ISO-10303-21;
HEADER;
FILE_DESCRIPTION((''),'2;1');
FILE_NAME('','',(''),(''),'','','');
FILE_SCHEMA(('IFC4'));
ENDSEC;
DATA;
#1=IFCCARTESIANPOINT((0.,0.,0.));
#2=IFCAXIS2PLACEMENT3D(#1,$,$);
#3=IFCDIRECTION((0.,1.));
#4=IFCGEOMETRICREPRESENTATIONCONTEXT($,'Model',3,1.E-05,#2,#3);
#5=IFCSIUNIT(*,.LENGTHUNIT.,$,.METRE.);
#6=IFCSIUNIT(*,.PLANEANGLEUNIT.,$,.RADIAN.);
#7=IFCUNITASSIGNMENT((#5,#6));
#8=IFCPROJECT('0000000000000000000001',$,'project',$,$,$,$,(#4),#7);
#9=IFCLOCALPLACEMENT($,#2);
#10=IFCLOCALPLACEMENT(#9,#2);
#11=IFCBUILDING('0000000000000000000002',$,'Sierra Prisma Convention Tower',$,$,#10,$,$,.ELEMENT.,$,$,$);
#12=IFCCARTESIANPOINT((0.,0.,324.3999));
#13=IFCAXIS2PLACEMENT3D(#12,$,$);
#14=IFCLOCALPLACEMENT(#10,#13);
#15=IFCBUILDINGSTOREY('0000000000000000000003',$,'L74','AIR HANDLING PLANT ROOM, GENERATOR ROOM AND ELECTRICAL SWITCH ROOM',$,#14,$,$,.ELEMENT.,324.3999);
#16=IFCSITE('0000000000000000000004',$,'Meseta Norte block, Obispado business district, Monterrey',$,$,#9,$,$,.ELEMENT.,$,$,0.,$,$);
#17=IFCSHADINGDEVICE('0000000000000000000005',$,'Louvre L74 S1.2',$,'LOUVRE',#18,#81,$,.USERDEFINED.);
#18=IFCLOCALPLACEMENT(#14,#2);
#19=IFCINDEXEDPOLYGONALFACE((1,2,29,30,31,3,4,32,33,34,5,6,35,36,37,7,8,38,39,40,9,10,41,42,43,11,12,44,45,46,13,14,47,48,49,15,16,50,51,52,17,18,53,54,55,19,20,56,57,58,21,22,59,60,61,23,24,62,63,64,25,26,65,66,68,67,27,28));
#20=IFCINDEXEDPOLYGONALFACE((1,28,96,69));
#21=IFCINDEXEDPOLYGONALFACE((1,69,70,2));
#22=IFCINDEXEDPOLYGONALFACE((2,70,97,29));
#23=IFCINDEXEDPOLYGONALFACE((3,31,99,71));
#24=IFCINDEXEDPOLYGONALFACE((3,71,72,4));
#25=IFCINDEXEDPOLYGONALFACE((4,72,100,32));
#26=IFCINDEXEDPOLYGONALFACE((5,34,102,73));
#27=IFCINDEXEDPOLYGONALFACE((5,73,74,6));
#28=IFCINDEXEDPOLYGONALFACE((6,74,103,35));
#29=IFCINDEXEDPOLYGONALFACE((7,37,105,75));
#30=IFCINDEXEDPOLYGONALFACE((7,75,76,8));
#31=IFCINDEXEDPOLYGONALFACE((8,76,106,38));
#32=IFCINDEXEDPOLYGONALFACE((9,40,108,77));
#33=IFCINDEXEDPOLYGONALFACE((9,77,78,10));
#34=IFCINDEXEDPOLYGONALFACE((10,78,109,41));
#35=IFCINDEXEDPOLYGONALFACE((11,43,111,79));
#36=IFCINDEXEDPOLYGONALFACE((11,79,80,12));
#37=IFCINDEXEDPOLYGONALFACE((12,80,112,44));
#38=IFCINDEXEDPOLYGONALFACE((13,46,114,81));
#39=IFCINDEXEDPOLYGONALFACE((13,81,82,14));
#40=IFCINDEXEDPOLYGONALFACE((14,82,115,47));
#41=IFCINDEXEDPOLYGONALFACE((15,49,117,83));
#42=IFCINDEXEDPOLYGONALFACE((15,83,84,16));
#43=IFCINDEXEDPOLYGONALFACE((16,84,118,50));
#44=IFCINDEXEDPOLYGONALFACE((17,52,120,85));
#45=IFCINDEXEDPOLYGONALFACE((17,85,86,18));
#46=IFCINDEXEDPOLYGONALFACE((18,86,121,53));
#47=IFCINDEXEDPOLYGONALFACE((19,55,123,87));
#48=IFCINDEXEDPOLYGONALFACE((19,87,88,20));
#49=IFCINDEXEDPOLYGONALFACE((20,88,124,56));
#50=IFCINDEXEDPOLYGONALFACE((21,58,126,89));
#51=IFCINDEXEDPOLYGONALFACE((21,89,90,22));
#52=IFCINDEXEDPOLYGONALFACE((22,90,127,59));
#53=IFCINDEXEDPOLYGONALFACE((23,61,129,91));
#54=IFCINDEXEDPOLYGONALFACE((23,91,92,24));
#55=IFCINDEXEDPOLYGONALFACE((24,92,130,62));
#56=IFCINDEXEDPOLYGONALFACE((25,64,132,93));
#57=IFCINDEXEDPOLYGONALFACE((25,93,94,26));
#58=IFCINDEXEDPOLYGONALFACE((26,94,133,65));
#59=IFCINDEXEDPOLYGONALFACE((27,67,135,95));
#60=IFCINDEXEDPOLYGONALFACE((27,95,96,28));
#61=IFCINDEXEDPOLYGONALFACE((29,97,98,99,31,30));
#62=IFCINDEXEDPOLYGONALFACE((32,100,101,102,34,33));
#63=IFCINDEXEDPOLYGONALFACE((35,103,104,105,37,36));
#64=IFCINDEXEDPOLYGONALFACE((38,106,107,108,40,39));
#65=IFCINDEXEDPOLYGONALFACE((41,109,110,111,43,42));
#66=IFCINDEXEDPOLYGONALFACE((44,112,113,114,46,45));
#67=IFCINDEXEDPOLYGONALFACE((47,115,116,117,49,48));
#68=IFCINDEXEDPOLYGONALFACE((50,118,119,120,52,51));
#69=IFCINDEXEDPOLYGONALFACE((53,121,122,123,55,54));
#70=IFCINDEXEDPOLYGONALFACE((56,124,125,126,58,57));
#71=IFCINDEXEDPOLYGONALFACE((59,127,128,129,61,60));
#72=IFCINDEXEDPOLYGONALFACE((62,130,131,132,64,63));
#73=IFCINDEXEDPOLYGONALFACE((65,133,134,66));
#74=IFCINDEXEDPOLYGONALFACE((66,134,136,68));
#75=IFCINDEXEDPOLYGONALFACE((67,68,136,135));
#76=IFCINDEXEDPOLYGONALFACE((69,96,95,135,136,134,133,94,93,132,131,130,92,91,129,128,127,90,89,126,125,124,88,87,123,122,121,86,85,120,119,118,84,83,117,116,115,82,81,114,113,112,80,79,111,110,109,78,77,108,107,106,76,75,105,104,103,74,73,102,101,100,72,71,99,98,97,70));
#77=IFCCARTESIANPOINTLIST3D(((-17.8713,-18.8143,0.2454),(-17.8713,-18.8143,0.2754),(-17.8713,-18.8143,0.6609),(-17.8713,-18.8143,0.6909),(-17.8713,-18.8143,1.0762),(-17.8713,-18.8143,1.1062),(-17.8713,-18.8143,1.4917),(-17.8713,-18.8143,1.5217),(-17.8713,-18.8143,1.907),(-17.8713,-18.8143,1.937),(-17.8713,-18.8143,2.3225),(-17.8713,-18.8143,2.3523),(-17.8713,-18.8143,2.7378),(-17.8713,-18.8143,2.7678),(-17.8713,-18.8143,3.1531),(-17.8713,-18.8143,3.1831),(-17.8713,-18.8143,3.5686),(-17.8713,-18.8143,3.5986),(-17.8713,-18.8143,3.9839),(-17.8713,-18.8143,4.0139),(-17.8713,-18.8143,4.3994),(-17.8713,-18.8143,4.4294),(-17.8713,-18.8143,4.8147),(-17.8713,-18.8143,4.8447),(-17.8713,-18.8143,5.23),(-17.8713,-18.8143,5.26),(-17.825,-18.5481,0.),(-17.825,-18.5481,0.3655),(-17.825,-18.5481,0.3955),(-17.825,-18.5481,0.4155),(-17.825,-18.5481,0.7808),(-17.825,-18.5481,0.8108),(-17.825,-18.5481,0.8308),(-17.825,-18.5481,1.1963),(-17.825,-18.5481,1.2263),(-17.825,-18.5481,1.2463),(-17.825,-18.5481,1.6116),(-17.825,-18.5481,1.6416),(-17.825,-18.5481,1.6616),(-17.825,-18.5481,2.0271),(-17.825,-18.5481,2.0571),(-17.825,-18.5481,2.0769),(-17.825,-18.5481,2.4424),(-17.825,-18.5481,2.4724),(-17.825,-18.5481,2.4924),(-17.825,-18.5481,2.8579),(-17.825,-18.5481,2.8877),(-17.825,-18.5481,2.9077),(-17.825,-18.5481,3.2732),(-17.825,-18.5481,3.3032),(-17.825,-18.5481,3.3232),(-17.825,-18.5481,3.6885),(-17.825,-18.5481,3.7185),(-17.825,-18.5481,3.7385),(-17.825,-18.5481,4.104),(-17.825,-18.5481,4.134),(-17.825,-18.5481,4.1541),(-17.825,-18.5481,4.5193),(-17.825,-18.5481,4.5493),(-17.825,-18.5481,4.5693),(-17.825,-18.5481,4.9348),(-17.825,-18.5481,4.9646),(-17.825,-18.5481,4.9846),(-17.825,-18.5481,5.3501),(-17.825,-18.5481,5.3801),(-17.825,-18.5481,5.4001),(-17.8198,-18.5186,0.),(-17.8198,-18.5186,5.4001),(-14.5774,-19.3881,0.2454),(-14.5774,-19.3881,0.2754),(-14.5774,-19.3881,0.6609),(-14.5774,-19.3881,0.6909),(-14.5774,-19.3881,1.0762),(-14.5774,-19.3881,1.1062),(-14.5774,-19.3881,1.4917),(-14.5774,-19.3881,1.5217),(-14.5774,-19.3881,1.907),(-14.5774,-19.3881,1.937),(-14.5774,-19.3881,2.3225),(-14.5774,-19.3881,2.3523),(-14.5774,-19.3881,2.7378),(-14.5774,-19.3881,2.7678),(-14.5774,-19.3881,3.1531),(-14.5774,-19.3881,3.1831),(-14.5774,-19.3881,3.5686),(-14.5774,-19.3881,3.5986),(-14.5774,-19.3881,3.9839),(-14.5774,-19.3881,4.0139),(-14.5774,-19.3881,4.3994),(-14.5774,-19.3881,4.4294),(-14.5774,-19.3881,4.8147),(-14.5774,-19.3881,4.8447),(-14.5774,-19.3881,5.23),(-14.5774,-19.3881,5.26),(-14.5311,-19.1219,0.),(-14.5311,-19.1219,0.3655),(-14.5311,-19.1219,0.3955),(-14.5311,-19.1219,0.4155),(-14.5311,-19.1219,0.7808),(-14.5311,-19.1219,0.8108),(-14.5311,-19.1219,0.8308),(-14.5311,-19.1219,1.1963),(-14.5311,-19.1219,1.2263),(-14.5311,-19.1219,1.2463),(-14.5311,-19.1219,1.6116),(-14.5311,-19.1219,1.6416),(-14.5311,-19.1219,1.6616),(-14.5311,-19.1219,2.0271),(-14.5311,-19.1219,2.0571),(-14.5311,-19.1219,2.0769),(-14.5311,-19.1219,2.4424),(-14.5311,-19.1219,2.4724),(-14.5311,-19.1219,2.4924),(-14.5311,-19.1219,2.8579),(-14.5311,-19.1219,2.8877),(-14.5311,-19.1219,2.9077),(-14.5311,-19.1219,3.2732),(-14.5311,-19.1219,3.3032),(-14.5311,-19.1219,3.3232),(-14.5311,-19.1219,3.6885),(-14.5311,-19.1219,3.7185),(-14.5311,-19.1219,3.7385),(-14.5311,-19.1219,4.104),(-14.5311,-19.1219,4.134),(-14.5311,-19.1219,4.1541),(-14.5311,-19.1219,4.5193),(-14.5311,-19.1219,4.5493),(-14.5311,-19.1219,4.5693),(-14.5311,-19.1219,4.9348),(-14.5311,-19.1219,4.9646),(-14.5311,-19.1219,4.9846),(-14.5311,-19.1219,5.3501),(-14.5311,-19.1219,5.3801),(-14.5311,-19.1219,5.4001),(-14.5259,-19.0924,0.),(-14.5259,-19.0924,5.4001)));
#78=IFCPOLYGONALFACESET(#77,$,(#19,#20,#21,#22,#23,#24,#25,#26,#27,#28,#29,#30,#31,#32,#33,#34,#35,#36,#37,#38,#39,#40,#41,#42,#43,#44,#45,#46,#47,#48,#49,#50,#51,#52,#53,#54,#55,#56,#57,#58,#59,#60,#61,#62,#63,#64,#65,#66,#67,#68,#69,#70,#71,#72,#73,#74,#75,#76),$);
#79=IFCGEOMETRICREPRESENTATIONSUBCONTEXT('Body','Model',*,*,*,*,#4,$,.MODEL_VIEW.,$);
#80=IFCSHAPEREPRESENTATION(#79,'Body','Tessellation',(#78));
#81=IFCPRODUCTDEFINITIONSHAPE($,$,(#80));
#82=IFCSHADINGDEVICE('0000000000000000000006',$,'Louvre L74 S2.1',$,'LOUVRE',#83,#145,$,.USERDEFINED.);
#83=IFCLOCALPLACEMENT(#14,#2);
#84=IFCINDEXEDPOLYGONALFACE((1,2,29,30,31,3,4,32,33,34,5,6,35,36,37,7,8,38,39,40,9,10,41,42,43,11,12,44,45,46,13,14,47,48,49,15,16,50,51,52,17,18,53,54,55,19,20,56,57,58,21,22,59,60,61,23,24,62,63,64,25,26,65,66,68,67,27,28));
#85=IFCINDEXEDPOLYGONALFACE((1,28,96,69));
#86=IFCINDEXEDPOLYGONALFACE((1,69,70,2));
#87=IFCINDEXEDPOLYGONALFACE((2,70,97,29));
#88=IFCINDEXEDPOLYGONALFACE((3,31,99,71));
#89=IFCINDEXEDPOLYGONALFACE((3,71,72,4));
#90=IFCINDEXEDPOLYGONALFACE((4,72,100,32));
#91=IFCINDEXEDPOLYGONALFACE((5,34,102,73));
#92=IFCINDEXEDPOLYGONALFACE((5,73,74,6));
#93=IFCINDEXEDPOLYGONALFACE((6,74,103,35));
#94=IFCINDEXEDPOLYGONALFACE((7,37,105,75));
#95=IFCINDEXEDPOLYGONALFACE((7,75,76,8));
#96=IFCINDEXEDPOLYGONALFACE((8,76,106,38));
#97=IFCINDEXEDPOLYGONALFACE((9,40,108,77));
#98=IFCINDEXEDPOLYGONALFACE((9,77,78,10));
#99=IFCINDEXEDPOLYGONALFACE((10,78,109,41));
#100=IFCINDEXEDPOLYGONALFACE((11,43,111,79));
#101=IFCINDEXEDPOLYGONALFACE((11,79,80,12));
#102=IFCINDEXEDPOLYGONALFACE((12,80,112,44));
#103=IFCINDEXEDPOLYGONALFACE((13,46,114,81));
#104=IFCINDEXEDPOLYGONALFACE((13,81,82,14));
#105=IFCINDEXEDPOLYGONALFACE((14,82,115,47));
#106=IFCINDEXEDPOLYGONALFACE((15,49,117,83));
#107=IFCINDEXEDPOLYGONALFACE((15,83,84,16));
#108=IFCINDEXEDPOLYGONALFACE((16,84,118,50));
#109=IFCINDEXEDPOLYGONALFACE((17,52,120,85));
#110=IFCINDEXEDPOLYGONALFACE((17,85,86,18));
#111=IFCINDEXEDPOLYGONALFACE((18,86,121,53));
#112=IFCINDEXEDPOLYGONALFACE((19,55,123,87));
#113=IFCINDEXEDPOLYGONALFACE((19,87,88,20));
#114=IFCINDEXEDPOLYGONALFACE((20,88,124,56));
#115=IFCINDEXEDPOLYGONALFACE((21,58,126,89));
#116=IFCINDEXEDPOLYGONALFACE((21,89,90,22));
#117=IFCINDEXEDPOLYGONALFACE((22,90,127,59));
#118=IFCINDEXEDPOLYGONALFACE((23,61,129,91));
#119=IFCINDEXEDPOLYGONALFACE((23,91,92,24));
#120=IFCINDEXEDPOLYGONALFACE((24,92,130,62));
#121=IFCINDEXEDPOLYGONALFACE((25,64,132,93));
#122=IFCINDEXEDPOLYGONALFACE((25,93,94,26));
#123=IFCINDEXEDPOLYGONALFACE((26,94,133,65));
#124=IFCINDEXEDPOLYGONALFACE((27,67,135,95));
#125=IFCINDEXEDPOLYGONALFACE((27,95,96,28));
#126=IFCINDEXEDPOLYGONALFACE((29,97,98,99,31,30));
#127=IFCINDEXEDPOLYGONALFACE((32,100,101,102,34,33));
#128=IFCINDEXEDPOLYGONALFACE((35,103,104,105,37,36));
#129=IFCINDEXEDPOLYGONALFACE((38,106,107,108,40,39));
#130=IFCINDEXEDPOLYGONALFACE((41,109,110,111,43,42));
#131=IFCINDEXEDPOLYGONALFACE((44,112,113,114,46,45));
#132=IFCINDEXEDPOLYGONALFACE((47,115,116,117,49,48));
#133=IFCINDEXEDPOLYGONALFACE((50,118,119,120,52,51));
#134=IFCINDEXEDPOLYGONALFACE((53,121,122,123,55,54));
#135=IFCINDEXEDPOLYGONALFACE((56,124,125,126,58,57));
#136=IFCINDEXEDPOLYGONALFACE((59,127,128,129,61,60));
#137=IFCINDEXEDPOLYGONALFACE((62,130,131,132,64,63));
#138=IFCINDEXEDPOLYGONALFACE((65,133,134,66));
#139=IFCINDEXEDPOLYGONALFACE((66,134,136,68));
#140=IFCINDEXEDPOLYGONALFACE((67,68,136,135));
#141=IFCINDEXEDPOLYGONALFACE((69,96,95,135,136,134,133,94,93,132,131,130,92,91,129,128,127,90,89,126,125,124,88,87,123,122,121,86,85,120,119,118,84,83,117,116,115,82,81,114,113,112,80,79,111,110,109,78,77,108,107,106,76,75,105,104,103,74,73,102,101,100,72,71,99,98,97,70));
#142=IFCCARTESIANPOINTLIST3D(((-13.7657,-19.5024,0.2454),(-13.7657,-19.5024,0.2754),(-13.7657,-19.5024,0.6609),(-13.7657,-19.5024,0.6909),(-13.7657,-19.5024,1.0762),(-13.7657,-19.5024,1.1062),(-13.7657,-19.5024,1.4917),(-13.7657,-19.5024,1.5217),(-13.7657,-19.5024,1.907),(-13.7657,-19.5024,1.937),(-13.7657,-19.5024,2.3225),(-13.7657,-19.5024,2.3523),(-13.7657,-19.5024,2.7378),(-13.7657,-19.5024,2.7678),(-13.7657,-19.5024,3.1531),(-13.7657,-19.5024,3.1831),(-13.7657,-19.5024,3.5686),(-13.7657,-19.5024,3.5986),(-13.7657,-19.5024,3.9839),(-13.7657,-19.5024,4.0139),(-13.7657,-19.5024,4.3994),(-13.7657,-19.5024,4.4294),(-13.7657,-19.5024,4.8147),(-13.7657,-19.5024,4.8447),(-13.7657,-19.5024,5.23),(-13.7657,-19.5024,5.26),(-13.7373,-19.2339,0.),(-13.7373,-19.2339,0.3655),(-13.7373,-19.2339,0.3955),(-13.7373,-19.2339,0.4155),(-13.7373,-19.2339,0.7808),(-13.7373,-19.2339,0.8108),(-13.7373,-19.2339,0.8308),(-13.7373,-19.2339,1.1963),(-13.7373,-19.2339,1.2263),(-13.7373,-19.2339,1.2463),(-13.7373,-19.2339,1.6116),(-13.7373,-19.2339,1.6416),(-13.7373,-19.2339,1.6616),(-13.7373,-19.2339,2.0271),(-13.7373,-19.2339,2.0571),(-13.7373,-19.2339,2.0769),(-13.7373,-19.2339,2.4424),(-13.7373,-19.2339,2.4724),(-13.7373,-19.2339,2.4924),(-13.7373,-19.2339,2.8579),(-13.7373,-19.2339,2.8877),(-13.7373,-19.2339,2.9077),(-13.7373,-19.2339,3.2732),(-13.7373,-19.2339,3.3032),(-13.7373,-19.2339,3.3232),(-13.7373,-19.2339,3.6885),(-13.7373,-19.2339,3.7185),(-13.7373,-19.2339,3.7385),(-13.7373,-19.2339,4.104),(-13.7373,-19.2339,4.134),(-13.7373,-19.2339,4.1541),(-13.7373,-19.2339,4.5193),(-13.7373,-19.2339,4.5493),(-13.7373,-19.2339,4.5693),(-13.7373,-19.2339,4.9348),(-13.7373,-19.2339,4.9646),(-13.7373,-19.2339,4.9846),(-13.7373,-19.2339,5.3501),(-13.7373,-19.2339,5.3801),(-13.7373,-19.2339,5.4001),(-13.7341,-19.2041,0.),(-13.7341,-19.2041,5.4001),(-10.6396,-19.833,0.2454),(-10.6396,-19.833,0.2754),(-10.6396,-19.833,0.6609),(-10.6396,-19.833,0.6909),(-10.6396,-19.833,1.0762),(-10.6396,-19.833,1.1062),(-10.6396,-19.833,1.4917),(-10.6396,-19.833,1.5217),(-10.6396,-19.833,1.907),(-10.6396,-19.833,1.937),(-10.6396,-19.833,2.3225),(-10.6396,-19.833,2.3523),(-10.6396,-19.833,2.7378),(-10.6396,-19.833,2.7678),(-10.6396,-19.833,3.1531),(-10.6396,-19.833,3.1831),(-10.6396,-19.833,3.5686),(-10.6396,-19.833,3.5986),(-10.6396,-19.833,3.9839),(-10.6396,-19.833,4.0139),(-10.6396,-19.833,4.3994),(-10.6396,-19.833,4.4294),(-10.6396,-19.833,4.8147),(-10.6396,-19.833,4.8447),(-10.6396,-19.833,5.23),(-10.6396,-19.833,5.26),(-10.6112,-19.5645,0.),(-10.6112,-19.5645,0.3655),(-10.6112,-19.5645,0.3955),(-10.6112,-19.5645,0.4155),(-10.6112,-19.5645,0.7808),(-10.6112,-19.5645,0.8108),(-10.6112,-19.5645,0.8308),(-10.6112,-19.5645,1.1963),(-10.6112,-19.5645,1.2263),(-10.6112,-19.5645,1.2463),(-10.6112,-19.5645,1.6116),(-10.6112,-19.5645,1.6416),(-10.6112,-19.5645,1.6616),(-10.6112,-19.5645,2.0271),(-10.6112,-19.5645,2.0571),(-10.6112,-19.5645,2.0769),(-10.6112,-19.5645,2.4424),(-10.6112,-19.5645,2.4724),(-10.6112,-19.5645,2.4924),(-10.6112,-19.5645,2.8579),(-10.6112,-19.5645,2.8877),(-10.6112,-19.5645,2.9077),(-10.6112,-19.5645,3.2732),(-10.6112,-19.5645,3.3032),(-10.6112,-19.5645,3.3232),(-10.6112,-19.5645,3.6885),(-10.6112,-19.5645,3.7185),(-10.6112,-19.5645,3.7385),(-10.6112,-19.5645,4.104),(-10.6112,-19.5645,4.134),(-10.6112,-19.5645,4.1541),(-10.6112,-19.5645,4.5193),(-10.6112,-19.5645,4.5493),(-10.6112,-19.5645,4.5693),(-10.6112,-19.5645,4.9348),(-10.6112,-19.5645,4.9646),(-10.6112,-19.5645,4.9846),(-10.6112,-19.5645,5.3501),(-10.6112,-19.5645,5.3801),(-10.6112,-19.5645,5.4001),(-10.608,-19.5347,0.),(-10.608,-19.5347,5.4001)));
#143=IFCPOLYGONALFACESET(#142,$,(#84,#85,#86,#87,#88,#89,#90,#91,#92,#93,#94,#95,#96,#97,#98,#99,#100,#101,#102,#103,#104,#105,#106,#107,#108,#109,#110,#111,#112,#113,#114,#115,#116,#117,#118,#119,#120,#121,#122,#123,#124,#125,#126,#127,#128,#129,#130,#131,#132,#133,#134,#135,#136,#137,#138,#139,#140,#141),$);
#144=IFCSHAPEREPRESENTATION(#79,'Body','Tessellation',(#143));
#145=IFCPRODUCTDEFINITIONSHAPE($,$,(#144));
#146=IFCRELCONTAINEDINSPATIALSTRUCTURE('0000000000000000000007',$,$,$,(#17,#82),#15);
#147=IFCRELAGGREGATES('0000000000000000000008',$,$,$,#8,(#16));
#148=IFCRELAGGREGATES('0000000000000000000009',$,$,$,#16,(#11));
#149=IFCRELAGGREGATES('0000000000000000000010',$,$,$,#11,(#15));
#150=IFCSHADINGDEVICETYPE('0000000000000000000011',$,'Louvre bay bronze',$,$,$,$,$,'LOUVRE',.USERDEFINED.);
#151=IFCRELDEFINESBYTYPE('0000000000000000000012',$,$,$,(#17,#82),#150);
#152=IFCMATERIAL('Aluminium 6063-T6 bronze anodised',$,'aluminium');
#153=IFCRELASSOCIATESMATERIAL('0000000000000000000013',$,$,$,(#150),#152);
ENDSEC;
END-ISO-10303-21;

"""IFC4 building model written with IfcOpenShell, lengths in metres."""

from ifc_helpers import new_model, si_unit, direction, frame, origin, place, context, subcontext, project, spatial, polyline, outline, extrude, material, type_object, element, save


model = new_model("IFC4")

# Units and contexts
model_context = context("Model", 3, precision=1e-05, world=origin(), true_north=direction((0.0, 1.0)))
body_context = subcontext(model_context, "Body", "Model", "MODEL_VIEW")
ifc_project = project(units=[si_unit("LENGTHUNIT", "METRE"), si_unit("PLANEANGLEUNIT", "RADIAN")], contexts=[model_context])

# Site, building, storey
site_placement = place(None, origin())
site = spatial("IfcSite", under=ifc_project, at=site_placement, Name="Meseta Norte block, Obispado business district, Monterrey", CompositionType="ELEMENT", RefElevation=0.0)
building_placement = place(site_placement, origin())
building = spatial("IfcBuilding", under=site, at=building_placement, Name="Sierra Prisma Convention Tower", CompositionType="ELEMENT")
storey_placement = place(building_placement, frame((0.0, 0.0, 324.3999)))
storey = spatial("IfcBuildingStorey", under=building, at=storey_placement, Name="L74", Description="AIR HANDLING PLANT ROOM, GENERATOR ROOM AND ELECTRICAL SWITCH ROOM", CompositionType="ELEMENT", Elevation=324.3999)

# Shading devices
ifc_material_1 = material(Name="Aluminium 6063-T6 bronze anodised", Category="aluminium")
shading_device_type = type_object("IfcShadingDeviceType", Name="Louvre bay bronze", ElementType="LOUVRE", PredefinedType="USERDEFINED", material=ifc_material_1)
shading_device_1_placement = place(storey_placement, frame((-17.8198, -18.5186, 0.0), z_axis=(-0.985162, 0.171629, 0.0), x_axis=(0.0, 0.0, 1.0)))
element("IfcShadingDevice", 1, at=shading_device_1_placement, inside=storey, type_object=shading_device_type, Name="Louvre L74 S1.2", ObjectType="LOUVRE", PredefinedType="USERDEFINED", context=body_context, shape_type="SweptSolid", body=[
    extrude(outline(polyline([(0.0, 0.0), (5.4001, 0.0), (5.4001, -0.03), (5.3801, -0.03), (5.26, -0.3002), (5.23, -0.3002), (5.3501, -0.03), (4.9846, -0.03), (4.9646, -0.03), (4.8447, -0.3002), (4.8147, -0.3002), (4.9348, -0.03), (4.5693, -0.03), (4.5493, -0.03), (4.4294, -0.3002), (4.3994, -0.3002), (4.5193, -0.03), (4.1541, -0.03), (4.134, -0.03), (4.0139, -0.3002), (3.9839, -0.3002), (4.104, -0.03), (3.7385, -0.03), (3.7185, -0.03), (3.5986, -0.3002), (3.5686, -0.3002), (3.6885, -0.03), (3.3232, -0.03), (3.3032, -0.03), (3.1831, -0.3002), (3.1531, -0.3002), (3.2732, -0.03), (2.9077, -0.03), (2.8877, -0.03), (2.7678, -0.3002), (2.7378, -0.3002), (2.8579, -0.03), (2.4924, -0.03), (2.4724, -0.03), (2.3523, -0.3002), (2.3225, -0.3002), (2.4424, -0.03), (2.0769, -0.03), (2.0571, -0.03), (1.937, -0.3002), (1.907, -0.3002), (2.0271, -0.03), (1.6616, -0.03), (1.6416, -0.03), (1.5217, -0.3002), (1.4917, -0.3002), (1.6116, -0.03), (1.2463, -0.03), (1.2263, -0.03), (1.1062, -0.3002), (1.0762, -0.3002), (1.1963, -0.03), (0.8308, -0.03), (0.8108, -0.03), (0.6909, -0.3002), (0.6609, -0.3002), (0.7808, -0.03), (0.4155, -0.03), (0.3955, -0.03), (0.2754, -0.3002), (0.2454, -0.3002), (0.3655, -0.03), (0.0, -0.03), (0.0, 0.0)])), origin(), (0.0, 0.0, -1.0), 3.3435),
])
shading_device_2_placement = place(storey_placement, frame((-13.7341, -19.2041, 0.0), z_axis=(-0.994453, 0.105177, 0.0), x_axis=(0.0, 0.0, 1.0)))
element("IfcShadingDevice", 2, at=shading_device_2_placement, inside=storey, type_object=shading_device_type, Name="Louvre L74 S2.1", ObjectType="LOUVRE", PredefinedType="USERDEFINED", context=body_context, shape_type="SweptSolid", body=[
    extrude(outline(polyline([(0.0, 0.0), (5.4001, 0.0), (5.4001, -0.03), (5.3801, -0.03), (5.26, -0.3), (5.23, -0.3), (5.3501, -0.03), (4.9846, -0.03), (4.9646, -0.03), (4.8447, -0.3), (4.8147, -0.3), (4.9348, -0.03), (4.5693, -0.03), (4.5493, -0.03), (4.4294, -0.3), (4.3994, -0.3), (4.5193, -0.03), (4.1541, -0.03), (4.134, -0.03), (4.0139, -0.3), (3.9839, -0.3), (4.104, -0.03), (3.7385, -0.03), (3.7185, -0.03), (3.5986, -0.3), (3.5686, -0.3), (3.6885, -0.03), (3.3232, -0.03), (3.3032, -0.03), (3.1831, -0.3), (3.1531, -0.3), (3.2732, -0.03), (2.9077, -0.03), (2.8877, -0.03), (2.7678, -0.3), (2.7378, -0.3), (2.8579, -0.03), (2.4924, -0.03), (2.4724, -0.03), (2.3523, -0.3), (2.3225, -0.3), (2.4424, -0.03), (2.0769, -0.03), (2.0571, -0.03), (1.937, -0.3), (1.907, -0.3), (2.0271, -0.03), (1.6616, -0.03), (1.6416, -0.03), (1.5217, -0.3), (1.4917, -0.3), (1.6116, -0.03), (1.2463, -0.03), (1.2263, -0.03), (1.1062, -0.3), (1.0762, -0.3), (1.1963, -0.03), (0.8308, -0.03), (0.8108, -0.03), (0.6909, -0.3), (0.6609, -0.3), (0.7808, -0.03), (0.4155, -0.03), (0.3955, -0.03), (0.2754, -0.3), (0.2454, -0.3), (0.3655, -0.03), (0.0, -0.03), (0.0, 0.0)])), origin(), (0.0, 0.0, -1.0), 3.1436),
])

save(model, "model.ifc")
